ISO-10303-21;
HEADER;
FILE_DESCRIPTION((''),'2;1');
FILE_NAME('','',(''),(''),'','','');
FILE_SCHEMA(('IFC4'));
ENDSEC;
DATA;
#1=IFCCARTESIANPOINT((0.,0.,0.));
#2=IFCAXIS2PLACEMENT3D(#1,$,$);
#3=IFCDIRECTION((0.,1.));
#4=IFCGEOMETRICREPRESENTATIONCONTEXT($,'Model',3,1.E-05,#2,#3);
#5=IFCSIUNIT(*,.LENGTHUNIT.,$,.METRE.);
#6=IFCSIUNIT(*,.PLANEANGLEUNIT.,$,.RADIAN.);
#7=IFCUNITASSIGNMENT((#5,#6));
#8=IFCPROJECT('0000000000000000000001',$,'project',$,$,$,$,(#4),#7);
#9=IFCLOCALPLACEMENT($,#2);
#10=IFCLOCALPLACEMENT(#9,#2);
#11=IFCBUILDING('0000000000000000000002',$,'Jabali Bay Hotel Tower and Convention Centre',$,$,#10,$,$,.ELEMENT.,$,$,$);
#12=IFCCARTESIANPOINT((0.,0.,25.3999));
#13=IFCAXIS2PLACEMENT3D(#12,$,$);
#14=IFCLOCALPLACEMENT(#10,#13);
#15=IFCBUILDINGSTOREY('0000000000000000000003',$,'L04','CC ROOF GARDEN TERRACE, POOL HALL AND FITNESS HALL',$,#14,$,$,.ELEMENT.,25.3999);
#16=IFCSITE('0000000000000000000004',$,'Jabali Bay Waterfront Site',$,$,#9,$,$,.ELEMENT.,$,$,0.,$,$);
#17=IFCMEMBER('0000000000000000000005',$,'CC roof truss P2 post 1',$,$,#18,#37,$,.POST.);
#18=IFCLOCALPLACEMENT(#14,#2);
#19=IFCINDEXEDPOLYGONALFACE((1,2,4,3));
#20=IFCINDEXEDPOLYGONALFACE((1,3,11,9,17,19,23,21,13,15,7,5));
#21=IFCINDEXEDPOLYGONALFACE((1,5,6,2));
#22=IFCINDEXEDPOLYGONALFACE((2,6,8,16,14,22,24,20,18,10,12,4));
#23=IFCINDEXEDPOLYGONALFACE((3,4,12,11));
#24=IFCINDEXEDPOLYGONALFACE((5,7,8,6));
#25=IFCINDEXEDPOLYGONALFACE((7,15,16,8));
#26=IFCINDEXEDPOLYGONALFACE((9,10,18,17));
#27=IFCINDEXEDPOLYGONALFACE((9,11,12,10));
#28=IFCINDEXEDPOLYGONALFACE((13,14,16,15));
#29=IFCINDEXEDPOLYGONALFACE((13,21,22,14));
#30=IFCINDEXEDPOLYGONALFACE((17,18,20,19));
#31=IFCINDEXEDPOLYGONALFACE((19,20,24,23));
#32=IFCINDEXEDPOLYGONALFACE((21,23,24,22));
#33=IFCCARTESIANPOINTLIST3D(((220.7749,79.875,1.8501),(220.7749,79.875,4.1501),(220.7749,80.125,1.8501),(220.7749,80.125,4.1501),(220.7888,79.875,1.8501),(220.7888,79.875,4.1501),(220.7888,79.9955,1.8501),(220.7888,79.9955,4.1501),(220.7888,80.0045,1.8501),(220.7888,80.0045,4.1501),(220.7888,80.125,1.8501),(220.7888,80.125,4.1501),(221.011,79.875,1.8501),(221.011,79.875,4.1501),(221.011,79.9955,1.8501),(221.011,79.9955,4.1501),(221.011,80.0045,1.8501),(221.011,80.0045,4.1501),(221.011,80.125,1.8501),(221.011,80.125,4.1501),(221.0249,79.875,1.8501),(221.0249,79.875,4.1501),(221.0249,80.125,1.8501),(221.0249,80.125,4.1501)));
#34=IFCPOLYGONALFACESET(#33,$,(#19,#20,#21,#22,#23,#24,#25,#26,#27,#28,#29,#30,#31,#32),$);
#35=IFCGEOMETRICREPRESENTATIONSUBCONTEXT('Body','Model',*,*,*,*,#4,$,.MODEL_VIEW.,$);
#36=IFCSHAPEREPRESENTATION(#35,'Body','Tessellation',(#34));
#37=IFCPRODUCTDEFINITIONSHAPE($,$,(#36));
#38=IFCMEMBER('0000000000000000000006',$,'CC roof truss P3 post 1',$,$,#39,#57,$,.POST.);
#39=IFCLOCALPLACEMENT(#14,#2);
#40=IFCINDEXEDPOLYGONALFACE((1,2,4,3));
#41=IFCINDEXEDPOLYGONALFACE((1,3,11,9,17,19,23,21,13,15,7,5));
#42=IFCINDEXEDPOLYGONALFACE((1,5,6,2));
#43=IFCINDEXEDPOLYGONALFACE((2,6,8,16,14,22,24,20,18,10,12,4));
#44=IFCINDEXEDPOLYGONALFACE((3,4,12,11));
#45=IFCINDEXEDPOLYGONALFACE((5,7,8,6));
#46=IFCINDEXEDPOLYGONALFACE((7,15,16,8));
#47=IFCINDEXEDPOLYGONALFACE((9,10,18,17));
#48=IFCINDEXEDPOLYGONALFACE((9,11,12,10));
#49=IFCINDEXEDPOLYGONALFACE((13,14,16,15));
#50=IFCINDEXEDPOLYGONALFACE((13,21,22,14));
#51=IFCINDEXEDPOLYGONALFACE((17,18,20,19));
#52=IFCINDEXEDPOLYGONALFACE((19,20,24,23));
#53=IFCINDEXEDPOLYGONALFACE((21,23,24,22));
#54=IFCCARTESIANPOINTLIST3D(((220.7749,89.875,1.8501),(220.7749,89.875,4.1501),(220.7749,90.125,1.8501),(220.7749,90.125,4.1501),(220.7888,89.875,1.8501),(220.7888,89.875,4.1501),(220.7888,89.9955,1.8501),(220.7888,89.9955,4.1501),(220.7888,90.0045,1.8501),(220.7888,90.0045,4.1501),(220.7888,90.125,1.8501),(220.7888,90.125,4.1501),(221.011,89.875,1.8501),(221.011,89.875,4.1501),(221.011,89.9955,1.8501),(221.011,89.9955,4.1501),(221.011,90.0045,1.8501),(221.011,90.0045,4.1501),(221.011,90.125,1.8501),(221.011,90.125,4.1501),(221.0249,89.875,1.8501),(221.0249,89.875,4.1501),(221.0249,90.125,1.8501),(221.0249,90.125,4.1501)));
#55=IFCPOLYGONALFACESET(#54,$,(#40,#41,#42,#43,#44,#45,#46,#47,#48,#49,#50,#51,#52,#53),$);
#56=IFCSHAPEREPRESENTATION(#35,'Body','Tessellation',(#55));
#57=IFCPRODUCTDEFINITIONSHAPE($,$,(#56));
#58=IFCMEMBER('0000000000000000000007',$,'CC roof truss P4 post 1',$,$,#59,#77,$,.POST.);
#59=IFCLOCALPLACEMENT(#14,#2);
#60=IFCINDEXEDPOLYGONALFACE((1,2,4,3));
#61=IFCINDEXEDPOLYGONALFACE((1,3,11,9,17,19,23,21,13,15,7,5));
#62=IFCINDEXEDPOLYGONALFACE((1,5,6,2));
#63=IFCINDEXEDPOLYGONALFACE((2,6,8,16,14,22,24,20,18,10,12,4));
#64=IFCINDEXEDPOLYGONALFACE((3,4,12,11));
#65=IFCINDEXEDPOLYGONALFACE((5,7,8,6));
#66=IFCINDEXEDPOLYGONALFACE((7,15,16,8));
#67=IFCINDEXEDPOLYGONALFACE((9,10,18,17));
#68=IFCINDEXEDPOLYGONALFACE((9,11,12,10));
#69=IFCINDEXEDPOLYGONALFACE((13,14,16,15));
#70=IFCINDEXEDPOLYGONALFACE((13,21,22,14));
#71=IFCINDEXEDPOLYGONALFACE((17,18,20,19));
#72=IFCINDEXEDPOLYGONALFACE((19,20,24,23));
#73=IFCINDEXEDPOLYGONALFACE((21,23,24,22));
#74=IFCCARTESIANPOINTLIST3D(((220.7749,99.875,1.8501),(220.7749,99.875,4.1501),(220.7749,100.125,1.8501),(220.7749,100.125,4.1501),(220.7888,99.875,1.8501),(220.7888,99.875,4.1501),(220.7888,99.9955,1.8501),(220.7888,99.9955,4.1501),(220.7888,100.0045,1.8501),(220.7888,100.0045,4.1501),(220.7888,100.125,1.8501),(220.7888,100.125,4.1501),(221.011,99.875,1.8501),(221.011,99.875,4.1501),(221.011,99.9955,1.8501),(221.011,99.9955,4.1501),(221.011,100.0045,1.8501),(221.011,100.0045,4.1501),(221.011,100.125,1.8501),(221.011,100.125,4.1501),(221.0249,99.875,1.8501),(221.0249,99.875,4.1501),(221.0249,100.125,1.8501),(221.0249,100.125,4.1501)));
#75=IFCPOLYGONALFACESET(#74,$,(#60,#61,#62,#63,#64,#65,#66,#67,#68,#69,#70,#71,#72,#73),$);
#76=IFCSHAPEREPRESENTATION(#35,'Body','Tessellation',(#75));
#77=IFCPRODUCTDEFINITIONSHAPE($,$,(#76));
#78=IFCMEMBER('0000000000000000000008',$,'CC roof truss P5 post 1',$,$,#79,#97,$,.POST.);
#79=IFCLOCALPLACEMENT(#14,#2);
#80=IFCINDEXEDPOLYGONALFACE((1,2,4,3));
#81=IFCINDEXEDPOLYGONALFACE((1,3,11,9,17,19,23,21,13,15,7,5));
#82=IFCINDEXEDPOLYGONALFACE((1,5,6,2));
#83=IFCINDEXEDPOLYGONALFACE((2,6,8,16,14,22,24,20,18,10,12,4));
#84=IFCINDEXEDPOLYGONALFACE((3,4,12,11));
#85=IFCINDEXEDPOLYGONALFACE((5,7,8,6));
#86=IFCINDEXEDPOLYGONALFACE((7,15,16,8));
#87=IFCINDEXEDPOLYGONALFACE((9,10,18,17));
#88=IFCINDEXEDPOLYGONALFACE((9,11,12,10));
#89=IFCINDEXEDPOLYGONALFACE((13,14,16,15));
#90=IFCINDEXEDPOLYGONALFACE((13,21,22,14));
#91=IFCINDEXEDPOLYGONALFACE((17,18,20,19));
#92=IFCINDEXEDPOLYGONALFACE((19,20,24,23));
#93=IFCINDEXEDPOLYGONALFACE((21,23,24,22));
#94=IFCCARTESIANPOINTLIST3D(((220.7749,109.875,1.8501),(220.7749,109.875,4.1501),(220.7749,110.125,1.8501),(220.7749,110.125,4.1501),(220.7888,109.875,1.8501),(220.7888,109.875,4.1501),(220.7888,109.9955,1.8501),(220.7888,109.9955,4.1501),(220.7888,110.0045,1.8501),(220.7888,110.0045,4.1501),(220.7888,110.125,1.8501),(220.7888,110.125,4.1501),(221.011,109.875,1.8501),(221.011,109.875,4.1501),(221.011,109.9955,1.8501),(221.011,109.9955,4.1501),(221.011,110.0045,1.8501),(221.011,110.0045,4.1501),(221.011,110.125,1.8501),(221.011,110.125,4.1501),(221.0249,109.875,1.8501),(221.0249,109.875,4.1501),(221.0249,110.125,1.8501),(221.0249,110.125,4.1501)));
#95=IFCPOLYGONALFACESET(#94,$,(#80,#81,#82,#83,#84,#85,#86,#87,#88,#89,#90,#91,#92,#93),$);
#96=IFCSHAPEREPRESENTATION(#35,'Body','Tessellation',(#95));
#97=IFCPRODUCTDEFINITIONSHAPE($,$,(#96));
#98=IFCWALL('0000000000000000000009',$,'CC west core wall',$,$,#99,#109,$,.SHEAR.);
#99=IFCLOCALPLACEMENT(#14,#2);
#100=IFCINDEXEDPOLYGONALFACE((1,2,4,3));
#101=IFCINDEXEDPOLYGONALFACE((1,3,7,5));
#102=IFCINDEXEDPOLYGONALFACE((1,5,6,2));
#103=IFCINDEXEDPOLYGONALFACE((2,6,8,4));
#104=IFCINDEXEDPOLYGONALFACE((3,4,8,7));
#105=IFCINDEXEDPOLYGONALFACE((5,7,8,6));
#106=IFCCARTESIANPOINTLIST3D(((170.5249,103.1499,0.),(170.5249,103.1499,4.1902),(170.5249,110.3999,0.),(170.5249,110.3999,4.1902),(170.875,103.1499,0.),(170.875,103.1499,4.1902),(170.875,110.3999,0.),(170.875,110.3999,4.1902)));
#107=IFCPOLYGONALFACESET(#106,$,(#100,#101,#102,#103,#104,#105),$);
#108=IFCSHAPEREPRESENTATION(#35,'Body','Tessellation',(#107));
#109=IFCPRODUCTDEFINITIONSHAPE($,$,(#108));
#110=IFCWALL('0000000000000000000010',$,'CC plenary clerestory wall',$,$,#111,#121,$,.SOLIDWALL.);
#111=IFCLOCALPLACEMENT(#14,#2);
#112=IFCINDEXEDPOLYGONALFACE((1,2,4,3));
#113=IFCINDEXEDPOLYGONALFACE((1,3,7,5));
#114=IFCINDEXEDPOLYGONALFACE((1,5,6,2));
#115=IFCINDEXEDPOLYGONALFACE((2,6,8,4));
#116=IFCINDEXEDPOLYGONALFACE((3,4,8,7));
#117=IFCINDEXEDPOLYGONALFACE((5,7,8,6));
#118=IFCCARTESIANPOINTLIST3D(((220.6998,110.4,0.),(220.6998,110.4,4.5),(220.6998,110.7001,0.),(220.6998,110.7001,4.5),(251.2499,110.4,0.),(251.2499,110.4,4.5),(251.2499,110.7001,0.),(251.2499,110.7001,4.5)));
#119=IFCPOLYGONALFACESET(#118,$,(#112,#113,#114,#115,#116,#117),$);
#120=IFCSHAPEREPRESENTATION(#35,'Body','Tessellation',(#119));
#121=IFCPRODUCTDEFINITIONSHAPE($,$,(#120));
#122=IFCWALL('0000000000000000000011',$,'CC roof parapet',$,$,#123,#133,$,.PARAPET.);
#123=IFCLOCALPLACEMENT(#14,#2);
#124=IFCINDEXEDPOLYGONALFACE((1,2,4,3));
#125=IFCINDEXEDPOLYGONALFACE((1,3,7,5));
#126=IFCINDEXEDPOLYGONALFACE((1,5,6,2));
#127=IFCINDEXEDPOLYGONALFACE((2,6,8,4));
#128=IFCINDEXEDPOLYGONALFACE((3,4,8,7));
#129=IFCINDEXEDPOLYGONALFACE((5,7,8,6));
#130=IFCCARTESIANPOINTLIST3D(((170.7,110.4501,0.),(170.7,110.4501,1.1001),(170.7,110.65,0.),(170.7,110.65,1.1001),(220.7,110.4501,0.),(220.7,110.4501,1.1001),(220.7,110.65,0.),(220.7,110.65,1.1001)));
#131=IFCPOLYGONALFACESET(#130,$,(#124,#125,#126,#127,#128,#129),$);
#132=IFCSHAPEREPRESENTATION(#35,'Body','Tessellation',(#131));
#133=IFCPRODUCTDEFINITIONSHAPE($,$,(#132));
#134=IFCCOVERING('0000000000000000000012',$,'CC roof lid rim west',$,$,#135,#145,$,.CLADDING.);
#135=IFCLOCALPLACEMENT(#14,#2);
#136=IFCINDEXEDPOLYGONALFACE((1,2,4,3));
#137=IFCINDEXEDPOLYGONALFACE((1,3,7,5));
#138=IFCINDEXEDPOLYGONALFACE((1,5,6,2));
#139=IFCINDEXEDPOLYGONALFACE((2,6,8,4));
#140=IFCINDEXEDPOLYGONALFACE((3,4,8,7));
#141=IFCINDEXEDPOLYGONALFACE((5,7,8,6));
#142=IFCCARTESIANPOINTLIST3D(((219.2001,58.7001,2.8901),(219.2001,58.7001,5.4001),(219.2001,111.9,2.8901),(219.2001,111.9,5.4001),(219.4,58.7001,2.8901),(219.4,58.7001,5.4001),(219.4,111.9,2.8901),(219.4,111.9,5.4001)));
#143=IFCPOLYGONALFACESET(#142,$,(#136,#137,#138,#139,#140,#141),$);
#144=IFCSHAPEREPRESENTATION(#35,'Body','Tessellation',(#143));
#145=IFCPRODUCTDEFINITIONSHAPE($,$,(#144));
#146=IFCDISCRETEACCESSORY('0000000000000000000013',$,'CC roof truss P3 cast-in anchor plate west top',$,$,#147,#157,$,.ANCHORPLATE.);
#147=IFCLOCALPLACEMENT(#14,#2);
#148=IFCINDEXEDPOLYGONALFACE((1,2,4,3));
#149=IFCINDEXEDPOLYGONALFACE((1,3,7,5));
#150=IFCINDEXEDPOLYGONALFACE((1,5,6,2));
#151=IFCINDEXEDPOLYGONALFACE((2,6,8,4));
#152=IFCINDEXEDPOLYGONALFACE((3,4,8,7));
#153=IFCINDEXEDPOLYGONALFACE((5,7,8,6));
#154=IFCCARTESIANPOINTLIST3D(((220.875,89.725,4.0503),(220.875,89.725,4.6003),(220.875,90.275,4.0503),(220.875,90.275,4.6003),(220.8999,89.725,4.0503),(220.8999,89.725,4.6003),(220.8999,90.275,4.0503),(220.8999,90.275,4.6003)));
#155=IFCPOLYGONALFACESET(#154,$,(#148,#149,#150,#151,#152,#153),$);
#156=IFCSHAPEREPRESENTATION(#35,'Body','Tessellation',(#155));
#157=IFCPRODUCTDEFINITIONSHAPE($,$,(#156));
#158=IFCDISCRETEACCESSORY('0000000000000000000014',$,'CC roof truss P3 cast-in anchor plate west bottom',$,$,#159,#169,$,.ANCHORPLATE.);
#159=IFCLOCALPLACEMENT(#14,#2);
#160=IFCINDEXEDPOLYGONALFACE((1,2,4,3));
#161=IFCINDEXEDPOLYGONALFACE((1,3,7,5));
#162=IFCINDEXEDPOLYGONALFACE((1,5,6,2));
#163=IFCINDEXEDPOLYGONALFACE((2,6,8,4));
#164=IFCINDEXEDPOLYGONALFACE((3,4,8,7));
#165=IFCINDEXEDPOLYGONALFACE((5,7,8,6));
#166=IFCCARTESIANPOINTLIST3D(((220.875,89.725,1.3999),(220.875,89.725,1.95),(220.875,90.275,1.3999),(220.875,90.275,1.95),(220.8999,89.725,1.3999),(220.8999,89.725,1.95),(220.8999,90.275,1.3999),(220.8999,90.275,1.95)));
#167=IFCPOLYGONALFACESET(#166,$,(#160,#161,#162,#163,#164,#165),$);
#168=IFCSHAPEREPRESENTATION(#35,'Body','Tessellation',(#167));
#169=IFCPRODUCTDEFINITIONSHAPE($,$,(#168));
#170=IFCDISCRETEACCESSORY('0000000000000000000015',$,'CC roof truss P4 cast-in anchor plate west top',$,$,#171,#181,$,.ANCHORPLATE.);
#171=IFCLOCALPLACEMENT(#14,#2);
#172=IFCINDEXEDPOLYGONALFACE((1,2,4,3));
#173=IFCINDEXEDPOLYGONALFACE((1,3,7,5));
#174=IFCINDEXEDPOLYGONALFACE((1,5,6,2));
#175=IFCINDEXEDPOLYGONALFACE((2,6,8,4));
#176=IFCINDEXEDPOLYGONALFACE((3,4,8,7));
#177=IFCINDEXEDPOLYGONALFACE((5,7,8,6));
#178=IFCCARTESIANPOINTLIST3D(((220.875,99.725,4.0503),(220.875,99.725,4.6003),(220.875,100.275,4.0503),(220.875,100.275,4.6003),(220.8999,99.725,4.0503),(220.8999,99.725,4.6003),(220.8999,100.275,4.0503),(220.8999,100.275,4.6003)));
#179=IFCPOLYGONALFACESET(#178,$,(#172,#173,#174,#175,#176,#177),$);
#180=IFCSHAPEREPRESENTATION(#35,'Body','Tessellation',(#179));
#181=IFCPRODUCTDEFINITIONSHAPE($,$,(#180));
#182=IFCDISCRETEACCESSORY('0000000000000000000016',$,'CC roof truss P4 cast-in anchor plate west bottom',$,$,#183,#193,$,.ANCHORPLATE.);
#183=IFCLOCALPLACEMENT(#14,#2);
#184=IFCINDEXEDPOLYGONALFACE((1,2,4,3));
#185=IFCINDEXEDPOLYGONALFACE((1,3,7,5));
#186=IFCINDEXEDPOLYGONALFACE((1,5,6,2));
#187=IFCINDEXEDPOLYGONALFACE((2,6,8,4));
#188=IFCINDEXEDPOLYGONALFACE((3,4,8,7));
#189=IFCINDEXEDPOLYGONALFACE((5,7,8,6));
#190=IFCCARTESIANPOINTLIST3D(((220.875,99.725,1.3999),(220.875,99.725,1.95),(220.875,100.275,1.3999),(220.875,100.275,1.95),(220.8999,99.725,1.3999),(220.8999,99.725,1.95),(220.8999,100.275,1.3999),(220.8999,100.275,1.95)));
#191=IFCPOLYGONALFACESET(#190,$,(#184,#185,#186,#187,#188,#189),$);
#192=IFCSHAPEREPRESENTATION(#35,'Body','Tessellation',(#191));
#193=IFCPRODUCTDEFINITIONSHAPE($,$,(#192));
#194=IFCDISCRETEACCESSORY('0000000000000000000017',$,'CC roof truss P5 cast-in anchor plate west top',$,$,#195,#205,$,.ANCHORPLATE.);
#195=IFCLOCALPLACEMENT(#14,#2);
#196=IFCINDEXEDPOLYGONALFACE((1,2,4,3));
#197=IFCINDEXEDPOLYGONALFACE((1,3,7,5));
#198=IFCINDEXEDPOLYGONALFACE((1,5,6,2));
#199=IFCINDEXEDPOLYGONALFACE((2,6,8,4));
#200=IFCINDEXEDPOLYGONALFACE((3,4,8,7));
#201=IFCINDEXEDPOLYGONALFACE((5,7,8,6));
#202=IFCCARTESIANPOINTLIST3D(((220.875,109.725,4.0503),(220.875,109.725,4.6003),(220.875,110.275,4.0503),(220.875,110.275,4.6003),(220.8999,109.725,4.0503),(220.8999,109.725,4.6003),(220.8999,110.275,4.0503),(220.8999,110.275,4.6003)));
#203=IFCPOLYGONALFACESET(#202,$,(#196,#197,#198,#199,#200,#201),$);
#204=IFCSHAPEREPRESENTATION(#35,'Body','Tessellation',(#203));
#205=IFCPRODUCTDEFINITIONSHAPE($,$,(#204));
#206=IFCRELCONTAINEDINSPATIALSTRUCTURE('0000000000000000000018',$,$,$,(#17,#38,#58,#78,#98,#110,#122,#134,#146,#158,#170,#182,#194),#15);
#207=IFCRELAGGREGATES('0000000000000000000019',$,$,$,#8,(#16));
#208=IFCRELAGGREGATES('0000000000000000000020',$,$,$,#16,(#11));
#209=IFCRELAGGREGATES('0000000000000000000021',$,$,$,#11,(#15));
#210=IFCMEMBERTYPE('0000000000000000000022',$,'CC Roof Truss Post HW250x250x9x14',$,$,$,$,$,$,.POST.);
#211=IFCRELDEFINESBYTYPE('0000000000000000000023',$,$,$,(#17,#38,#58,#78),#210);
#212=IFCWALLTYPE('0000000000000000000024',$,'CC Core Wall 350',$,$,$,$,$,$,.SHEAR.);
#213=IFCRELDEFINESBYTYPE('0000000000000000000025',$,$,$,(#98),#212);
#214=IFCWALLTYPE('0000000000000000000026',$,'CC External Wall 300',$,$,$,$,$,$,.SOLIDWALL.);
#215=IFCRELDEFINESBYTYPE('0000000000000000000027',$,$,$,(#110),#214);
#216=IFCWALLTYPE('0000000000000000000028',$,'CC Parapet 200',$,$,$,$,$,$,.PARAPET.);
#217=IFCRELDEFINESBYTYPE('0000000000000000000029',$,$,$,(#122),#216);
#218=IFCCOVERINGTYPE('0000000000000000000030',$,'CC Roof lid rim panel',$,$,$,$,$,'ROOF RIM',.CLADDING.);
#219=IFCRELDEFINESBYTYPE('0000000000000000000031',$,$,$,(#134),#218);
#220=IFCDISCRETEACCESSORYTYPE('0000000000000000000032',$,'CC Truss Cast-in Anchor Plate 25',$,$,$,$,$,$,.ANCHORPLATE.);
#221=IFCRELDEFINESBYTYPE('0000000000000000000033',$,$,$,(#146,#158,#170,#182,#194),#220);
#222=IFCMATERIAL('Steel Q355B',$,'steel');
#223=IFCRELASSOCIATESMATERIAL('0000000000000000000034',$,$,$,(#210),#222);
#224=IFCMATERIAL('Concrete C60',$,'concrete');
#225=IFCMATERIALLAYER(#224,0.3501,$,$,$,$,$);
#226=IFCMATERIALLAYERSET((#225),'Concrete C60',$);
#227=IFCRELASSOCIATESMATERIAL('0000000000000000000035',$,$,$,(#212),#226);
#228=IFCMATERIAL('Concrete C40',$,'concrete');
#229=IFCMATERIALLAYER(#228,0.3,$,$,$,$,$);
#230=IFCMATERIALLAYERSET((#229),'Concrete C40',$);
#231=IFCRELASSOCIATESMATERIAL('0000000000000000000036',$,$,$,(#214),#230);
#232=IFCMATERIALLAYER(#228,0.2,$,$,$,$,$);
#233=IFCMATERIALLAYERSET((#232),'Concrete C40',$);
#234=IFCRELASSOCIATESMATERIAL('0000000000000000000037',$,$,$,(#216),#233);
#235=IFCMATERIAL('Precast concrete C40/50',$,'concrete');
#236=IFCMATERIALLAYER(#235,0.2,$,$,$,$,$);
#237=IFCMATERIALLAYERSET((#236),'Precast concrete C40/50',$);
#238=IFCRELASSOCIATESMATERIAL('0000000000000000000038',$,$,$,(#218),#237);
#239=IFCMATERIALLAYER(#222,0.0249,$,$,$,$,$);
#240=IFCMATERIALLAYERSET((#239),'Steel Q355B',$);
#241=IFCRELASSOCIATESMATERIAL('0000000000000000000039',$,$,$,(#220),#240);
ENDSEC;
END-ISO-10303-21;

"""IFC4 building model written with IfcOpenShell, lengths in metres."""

from ifc_helpers import new_model, si_unit, direction, frame, frame_2d, origin, origin_2d, place, context, subcontext, project, spatial, rectangle, i_section, extrude, material, layer, layer_set, material_profile, profile_set, type_object, element, save


model = new_model("IFC4")

# Units and contexts
model_context = context("Model", 3, precision=1e-05, world=origin(), true_north=direction((0.0, 1.0)))
body_context = subcontext(model_context, "Body", "Model", "MODEL_VIEW")
ifc_project = project(units=[si_unit("LENGTHUNIT", "METRE"), si_unit("PLANEANGLEUNIT", "RADIAN")], contexts=[model_context])

# Site, building, storey
site_placement = place(None, origin())
site = spatial("IfcSite", under=ifc_project, at=site_placement, Name="Jabali Bay Waterfront Site", CompositionType="ELEMENT", RefElevation=0.0)
building_placement = place(site_placement, origin())
building = spatial("IfcBuilding", under=site, at=building_placement, Name="Jabali Bay Hotel Tower and Convention Centre", CompositionType="ELEMENT")
storey_placement = place(building_placement, frame((0.0, 0.0, 25.3999)))
storey = spatial("IfcBuildingStorey", under=building, at=storey_placement, Name="L04", Description="CC ROOF GARDEN TERRACE, POOL HALL AND FITNESS HALL", CompositionType="ELEMENT", Elevation=25.3999)

# Members
ifc_material_1 = material(Name="Steel Q355B", Category="steel")
ifc_material_profile_1 = material_profile(ifc_material_1, i_section(OverallWidth=0.25, OverallDepth=0.25, WebThickness=0.009, FlangeThickness=0.0139, at=origin_2d()), Name="HW250x250x9x14")
ifc_profile_set_1 = profile_set([ifc_material_profile_1], Name="Steel Q355B")
member_type_1 = type_object("IfcMemberType", Name="CC Roof Truss Post HW250x250x9x14", PredefinedType="POST", material=ifc_profile_set_1)
for number, where, z_axis, x_axis, name in (
    (1, (220.8999, 80.0, 1.8501), (0.0, 0.0, 1.0), (0.0, 1.0, 0.0), "CC roof truss P2 post 1"),
    (2, (220.8999, 90.0, 1.8501), (0.0, 0.0, 1.0), (0.0, 1.0, 0.0), "CC roof truss P3 post 1"),
    (3, (220.8999, 100.0, 1.8501), (0.0, 0.0, 1.0), (0.0, 1.0, 0.0), "CC roof truss P4 post 1"),
    (4, (220.8999, 110.0, 1.8501), (0.0, 0.0, 1.0), (0.0, 1.0, 0.0), "CC roof truss P5 post 1"),
):
    element("IfcMember", number, at=place(storey_placement, frame(where, z_axis=z_axis, x_axis=x_axis)), inside=storey, type_object=member_type_1, Name=name, PredefinedType="POST", context=body_context, shape_type="SweptSolid", body=[
        extrude(i_section(OverallWidth=0.25, OverallDepth=0.25, WebThickness=0.009, FlangeThickness=0.0139, at=origin_2d()), origin(), (0.0, 0.0, 1.0), 2.3),
    ])

# Walls
ifc_material_2 = material(Name="Concrete C60", Category="concrete")
ifc_layer_1 = layer(ifc_material_2, 0.3501)
ifc_layer_set_1 = layer_set([ifc_layer_1], Name="Concrete C60")
wall_type_1 = type_object("IfcWallType", Name="CC Core Wall 350", PredefinedType="SHEAR", material=ifc_layer_set_1)
wall_1_placement = place(storey_placement, frame((170.7, 103.1499, 0.0), z_axis=(0.0, 0.0, 1.0), x_axis=(0.0, 1.0, 0.0)))
element("IfcWall", 5, at=wall_1_placement, inside=storey, type_object=wall_type_1, Name="CC west core wall", PredefinedType="SHEAR", context=body_context, shape_type="SweptSolid", body=[
    extrude(rectangle(XDim=7.25, YDim=0.3501, at=frame_2d((3.625, 0.0))), origin(), (0.0, 0.0, 1.0), 4.1902),
])
ifc_material_3 = material(Name="Concrete C40", Category="concrete")
ifc_layer_2 = layer(ifc_material_3, 0.3)
ifc_layer_set_2 = layer_set([ifc_layer_2], Name="Concrete C40")
wall_type_2 = type_object("IfcWallType", Name="CC External Wall 300", PredefinedType="SOLIDWALL", material=ifc_layer_set_2)
wall_2_placement = place(storey_placement, frame((220.7, 110.55, 0.0), z_axis=(0.0, 0.0, 1.0), x_axis=(1.0, 0.0, 0.0)))
element("IfcWall", 6, at=wall_2_placement, inside=storey, type_object=wall_type_2, Name="CC plenary clerestory wall", PredefinedType="SOLIDWALL", context=body_context, shape_type="SweptSolid", body=[
    extrude(rectangle(XDim=30.55, YDim=0.3, at=frame_2d((15.2749, 0.0))), origin(), (0.0, 0.0, 1.0), 4.5),
])
ifc_layer_3 = layer(ifc_material_3, 0.2)
ifc_layer_set_3 = layer_set([ifc_layer_3], Name="Concrete C40")
wall_type_3 = type_object("IfcWallType", Name="CC Parapet 200", PredefinedType="PARAPET", material=ifc_layer_set_3)
wall_3_placement = place(storey_placement, frame((170.7, 110.55, 0.0), z_axis=(0.0, 0.0, 1.0), x_axis=(1.0, 0.0, 0.0)))
element("IfcWall", 7, at=wall_3_placement, inside=storey, type_object=wall_type_3, Name="CC roof parapet", PredefinedType="PARAPET", context=body_context, shape_type="SweptSolid", body=[
    extrude(rectangle(XDim=50.0, YDim=0.2, at=frame_2d((25.0, 0.0))), origin(), (0.0, 0.0, 1.0), 1.1001),
])

# Covering
ifc_material_4 = material(Name="Precast concrete C40/50", Category="concrete")
ifc_layer_4 = layer(ifc_material_4, 0.2)
ifc_layer_set_4 = layer_set([ifc_layer_4], Name="Precast concrete C40/50")
covering_type = type_object("IfcCoveringType", Name="CC Roof lid rim panel", ElementType="ROOF RIM", PredefinedType="CLADDING", material=ifc_layer_set_4)
covering_placement = place(storey_placement, frame((219.3, 85.3, 2.8901), z_axis=(0.0, 0.0, 1.0), x_axis=(1.0, 0.0, 0.0)))
element("IfcCovering", 8, at=covering_placement, inside=storey, type_object=covering_type, Name="CC roof lid rim west", PredefinedType="CLADDING", context=body_context, shape_type="SweptSolid", body=[
    extrude(rectangle(XDim=0.2, YDim=53.2, at=origin_2d()), origin(), (0.0, 0.0, 1.0), 2.51),
])

# Discrete accessories
ifc_layer_5 = layer(ifc_material_1, 0.0249)
ifc_layer_set_5 = layer_set([ifc_layer_5], Name="Steel Q355B")
discrete_accessory_type = type_object("IfcDiscreteAccessoryType", Name="CC Truss Cast-in Anchor Plate 25", PredefinedType="ANCHORPLATE", material=ifc_layer_set_5)
for number, where, z_axis, x_axis, name in (
    (9, (220.8875, 90.0, 4.0503), (0.0, 0.0, 1.0), (1.0, 0.0, 0.0), "CC roof truss P3 cast-in anchor plate west top"),
    (10, (220.8875, 90.0, 1.3999), (0.0, 0.0, 1.0), (1.0, 0.0, 0.0), "CC roof truss P3 cast-in anchor plate west bottom"),
    (11, (220.8875, 100.0, 4.0503), (0.0, 0.0, 1.0), (1.0, 0.0, 0.0), "CC roof truss P4 cast-in anchor plate west top"),
    (12, (220.8875, 100.0, 1.3999), (0.0, 0.0, 1.0), (1.0, 0.0, 0.0), "CC roof truss P4 cast-in anchor plate west bottom"),
    (13, (220.8875, 110.0, 4.0503), (0.0, 0.0, 1.0), (1.0, 0.0, 0.0), "CC roof truss P5 cast-in anchor plate west top"),
):
    element("IfcDiscreteAccessory", number, at=place(storey_placement, frame(where, z_axis=z_axis, x_axis=x_axis)), inside=storey, type_object=discrete_accessory_type, Name=name, PredefinedType="ANCHORPLATE", context=body_context, shape_type="SweptSolid", body=[
        extrude(rectangle(XDim=0.0249, YDim=0.55, at=origin_2d()), origin(), (0.0, 0.0, 1.0), 0.55),
    ])

save(model, "model.ifc")
